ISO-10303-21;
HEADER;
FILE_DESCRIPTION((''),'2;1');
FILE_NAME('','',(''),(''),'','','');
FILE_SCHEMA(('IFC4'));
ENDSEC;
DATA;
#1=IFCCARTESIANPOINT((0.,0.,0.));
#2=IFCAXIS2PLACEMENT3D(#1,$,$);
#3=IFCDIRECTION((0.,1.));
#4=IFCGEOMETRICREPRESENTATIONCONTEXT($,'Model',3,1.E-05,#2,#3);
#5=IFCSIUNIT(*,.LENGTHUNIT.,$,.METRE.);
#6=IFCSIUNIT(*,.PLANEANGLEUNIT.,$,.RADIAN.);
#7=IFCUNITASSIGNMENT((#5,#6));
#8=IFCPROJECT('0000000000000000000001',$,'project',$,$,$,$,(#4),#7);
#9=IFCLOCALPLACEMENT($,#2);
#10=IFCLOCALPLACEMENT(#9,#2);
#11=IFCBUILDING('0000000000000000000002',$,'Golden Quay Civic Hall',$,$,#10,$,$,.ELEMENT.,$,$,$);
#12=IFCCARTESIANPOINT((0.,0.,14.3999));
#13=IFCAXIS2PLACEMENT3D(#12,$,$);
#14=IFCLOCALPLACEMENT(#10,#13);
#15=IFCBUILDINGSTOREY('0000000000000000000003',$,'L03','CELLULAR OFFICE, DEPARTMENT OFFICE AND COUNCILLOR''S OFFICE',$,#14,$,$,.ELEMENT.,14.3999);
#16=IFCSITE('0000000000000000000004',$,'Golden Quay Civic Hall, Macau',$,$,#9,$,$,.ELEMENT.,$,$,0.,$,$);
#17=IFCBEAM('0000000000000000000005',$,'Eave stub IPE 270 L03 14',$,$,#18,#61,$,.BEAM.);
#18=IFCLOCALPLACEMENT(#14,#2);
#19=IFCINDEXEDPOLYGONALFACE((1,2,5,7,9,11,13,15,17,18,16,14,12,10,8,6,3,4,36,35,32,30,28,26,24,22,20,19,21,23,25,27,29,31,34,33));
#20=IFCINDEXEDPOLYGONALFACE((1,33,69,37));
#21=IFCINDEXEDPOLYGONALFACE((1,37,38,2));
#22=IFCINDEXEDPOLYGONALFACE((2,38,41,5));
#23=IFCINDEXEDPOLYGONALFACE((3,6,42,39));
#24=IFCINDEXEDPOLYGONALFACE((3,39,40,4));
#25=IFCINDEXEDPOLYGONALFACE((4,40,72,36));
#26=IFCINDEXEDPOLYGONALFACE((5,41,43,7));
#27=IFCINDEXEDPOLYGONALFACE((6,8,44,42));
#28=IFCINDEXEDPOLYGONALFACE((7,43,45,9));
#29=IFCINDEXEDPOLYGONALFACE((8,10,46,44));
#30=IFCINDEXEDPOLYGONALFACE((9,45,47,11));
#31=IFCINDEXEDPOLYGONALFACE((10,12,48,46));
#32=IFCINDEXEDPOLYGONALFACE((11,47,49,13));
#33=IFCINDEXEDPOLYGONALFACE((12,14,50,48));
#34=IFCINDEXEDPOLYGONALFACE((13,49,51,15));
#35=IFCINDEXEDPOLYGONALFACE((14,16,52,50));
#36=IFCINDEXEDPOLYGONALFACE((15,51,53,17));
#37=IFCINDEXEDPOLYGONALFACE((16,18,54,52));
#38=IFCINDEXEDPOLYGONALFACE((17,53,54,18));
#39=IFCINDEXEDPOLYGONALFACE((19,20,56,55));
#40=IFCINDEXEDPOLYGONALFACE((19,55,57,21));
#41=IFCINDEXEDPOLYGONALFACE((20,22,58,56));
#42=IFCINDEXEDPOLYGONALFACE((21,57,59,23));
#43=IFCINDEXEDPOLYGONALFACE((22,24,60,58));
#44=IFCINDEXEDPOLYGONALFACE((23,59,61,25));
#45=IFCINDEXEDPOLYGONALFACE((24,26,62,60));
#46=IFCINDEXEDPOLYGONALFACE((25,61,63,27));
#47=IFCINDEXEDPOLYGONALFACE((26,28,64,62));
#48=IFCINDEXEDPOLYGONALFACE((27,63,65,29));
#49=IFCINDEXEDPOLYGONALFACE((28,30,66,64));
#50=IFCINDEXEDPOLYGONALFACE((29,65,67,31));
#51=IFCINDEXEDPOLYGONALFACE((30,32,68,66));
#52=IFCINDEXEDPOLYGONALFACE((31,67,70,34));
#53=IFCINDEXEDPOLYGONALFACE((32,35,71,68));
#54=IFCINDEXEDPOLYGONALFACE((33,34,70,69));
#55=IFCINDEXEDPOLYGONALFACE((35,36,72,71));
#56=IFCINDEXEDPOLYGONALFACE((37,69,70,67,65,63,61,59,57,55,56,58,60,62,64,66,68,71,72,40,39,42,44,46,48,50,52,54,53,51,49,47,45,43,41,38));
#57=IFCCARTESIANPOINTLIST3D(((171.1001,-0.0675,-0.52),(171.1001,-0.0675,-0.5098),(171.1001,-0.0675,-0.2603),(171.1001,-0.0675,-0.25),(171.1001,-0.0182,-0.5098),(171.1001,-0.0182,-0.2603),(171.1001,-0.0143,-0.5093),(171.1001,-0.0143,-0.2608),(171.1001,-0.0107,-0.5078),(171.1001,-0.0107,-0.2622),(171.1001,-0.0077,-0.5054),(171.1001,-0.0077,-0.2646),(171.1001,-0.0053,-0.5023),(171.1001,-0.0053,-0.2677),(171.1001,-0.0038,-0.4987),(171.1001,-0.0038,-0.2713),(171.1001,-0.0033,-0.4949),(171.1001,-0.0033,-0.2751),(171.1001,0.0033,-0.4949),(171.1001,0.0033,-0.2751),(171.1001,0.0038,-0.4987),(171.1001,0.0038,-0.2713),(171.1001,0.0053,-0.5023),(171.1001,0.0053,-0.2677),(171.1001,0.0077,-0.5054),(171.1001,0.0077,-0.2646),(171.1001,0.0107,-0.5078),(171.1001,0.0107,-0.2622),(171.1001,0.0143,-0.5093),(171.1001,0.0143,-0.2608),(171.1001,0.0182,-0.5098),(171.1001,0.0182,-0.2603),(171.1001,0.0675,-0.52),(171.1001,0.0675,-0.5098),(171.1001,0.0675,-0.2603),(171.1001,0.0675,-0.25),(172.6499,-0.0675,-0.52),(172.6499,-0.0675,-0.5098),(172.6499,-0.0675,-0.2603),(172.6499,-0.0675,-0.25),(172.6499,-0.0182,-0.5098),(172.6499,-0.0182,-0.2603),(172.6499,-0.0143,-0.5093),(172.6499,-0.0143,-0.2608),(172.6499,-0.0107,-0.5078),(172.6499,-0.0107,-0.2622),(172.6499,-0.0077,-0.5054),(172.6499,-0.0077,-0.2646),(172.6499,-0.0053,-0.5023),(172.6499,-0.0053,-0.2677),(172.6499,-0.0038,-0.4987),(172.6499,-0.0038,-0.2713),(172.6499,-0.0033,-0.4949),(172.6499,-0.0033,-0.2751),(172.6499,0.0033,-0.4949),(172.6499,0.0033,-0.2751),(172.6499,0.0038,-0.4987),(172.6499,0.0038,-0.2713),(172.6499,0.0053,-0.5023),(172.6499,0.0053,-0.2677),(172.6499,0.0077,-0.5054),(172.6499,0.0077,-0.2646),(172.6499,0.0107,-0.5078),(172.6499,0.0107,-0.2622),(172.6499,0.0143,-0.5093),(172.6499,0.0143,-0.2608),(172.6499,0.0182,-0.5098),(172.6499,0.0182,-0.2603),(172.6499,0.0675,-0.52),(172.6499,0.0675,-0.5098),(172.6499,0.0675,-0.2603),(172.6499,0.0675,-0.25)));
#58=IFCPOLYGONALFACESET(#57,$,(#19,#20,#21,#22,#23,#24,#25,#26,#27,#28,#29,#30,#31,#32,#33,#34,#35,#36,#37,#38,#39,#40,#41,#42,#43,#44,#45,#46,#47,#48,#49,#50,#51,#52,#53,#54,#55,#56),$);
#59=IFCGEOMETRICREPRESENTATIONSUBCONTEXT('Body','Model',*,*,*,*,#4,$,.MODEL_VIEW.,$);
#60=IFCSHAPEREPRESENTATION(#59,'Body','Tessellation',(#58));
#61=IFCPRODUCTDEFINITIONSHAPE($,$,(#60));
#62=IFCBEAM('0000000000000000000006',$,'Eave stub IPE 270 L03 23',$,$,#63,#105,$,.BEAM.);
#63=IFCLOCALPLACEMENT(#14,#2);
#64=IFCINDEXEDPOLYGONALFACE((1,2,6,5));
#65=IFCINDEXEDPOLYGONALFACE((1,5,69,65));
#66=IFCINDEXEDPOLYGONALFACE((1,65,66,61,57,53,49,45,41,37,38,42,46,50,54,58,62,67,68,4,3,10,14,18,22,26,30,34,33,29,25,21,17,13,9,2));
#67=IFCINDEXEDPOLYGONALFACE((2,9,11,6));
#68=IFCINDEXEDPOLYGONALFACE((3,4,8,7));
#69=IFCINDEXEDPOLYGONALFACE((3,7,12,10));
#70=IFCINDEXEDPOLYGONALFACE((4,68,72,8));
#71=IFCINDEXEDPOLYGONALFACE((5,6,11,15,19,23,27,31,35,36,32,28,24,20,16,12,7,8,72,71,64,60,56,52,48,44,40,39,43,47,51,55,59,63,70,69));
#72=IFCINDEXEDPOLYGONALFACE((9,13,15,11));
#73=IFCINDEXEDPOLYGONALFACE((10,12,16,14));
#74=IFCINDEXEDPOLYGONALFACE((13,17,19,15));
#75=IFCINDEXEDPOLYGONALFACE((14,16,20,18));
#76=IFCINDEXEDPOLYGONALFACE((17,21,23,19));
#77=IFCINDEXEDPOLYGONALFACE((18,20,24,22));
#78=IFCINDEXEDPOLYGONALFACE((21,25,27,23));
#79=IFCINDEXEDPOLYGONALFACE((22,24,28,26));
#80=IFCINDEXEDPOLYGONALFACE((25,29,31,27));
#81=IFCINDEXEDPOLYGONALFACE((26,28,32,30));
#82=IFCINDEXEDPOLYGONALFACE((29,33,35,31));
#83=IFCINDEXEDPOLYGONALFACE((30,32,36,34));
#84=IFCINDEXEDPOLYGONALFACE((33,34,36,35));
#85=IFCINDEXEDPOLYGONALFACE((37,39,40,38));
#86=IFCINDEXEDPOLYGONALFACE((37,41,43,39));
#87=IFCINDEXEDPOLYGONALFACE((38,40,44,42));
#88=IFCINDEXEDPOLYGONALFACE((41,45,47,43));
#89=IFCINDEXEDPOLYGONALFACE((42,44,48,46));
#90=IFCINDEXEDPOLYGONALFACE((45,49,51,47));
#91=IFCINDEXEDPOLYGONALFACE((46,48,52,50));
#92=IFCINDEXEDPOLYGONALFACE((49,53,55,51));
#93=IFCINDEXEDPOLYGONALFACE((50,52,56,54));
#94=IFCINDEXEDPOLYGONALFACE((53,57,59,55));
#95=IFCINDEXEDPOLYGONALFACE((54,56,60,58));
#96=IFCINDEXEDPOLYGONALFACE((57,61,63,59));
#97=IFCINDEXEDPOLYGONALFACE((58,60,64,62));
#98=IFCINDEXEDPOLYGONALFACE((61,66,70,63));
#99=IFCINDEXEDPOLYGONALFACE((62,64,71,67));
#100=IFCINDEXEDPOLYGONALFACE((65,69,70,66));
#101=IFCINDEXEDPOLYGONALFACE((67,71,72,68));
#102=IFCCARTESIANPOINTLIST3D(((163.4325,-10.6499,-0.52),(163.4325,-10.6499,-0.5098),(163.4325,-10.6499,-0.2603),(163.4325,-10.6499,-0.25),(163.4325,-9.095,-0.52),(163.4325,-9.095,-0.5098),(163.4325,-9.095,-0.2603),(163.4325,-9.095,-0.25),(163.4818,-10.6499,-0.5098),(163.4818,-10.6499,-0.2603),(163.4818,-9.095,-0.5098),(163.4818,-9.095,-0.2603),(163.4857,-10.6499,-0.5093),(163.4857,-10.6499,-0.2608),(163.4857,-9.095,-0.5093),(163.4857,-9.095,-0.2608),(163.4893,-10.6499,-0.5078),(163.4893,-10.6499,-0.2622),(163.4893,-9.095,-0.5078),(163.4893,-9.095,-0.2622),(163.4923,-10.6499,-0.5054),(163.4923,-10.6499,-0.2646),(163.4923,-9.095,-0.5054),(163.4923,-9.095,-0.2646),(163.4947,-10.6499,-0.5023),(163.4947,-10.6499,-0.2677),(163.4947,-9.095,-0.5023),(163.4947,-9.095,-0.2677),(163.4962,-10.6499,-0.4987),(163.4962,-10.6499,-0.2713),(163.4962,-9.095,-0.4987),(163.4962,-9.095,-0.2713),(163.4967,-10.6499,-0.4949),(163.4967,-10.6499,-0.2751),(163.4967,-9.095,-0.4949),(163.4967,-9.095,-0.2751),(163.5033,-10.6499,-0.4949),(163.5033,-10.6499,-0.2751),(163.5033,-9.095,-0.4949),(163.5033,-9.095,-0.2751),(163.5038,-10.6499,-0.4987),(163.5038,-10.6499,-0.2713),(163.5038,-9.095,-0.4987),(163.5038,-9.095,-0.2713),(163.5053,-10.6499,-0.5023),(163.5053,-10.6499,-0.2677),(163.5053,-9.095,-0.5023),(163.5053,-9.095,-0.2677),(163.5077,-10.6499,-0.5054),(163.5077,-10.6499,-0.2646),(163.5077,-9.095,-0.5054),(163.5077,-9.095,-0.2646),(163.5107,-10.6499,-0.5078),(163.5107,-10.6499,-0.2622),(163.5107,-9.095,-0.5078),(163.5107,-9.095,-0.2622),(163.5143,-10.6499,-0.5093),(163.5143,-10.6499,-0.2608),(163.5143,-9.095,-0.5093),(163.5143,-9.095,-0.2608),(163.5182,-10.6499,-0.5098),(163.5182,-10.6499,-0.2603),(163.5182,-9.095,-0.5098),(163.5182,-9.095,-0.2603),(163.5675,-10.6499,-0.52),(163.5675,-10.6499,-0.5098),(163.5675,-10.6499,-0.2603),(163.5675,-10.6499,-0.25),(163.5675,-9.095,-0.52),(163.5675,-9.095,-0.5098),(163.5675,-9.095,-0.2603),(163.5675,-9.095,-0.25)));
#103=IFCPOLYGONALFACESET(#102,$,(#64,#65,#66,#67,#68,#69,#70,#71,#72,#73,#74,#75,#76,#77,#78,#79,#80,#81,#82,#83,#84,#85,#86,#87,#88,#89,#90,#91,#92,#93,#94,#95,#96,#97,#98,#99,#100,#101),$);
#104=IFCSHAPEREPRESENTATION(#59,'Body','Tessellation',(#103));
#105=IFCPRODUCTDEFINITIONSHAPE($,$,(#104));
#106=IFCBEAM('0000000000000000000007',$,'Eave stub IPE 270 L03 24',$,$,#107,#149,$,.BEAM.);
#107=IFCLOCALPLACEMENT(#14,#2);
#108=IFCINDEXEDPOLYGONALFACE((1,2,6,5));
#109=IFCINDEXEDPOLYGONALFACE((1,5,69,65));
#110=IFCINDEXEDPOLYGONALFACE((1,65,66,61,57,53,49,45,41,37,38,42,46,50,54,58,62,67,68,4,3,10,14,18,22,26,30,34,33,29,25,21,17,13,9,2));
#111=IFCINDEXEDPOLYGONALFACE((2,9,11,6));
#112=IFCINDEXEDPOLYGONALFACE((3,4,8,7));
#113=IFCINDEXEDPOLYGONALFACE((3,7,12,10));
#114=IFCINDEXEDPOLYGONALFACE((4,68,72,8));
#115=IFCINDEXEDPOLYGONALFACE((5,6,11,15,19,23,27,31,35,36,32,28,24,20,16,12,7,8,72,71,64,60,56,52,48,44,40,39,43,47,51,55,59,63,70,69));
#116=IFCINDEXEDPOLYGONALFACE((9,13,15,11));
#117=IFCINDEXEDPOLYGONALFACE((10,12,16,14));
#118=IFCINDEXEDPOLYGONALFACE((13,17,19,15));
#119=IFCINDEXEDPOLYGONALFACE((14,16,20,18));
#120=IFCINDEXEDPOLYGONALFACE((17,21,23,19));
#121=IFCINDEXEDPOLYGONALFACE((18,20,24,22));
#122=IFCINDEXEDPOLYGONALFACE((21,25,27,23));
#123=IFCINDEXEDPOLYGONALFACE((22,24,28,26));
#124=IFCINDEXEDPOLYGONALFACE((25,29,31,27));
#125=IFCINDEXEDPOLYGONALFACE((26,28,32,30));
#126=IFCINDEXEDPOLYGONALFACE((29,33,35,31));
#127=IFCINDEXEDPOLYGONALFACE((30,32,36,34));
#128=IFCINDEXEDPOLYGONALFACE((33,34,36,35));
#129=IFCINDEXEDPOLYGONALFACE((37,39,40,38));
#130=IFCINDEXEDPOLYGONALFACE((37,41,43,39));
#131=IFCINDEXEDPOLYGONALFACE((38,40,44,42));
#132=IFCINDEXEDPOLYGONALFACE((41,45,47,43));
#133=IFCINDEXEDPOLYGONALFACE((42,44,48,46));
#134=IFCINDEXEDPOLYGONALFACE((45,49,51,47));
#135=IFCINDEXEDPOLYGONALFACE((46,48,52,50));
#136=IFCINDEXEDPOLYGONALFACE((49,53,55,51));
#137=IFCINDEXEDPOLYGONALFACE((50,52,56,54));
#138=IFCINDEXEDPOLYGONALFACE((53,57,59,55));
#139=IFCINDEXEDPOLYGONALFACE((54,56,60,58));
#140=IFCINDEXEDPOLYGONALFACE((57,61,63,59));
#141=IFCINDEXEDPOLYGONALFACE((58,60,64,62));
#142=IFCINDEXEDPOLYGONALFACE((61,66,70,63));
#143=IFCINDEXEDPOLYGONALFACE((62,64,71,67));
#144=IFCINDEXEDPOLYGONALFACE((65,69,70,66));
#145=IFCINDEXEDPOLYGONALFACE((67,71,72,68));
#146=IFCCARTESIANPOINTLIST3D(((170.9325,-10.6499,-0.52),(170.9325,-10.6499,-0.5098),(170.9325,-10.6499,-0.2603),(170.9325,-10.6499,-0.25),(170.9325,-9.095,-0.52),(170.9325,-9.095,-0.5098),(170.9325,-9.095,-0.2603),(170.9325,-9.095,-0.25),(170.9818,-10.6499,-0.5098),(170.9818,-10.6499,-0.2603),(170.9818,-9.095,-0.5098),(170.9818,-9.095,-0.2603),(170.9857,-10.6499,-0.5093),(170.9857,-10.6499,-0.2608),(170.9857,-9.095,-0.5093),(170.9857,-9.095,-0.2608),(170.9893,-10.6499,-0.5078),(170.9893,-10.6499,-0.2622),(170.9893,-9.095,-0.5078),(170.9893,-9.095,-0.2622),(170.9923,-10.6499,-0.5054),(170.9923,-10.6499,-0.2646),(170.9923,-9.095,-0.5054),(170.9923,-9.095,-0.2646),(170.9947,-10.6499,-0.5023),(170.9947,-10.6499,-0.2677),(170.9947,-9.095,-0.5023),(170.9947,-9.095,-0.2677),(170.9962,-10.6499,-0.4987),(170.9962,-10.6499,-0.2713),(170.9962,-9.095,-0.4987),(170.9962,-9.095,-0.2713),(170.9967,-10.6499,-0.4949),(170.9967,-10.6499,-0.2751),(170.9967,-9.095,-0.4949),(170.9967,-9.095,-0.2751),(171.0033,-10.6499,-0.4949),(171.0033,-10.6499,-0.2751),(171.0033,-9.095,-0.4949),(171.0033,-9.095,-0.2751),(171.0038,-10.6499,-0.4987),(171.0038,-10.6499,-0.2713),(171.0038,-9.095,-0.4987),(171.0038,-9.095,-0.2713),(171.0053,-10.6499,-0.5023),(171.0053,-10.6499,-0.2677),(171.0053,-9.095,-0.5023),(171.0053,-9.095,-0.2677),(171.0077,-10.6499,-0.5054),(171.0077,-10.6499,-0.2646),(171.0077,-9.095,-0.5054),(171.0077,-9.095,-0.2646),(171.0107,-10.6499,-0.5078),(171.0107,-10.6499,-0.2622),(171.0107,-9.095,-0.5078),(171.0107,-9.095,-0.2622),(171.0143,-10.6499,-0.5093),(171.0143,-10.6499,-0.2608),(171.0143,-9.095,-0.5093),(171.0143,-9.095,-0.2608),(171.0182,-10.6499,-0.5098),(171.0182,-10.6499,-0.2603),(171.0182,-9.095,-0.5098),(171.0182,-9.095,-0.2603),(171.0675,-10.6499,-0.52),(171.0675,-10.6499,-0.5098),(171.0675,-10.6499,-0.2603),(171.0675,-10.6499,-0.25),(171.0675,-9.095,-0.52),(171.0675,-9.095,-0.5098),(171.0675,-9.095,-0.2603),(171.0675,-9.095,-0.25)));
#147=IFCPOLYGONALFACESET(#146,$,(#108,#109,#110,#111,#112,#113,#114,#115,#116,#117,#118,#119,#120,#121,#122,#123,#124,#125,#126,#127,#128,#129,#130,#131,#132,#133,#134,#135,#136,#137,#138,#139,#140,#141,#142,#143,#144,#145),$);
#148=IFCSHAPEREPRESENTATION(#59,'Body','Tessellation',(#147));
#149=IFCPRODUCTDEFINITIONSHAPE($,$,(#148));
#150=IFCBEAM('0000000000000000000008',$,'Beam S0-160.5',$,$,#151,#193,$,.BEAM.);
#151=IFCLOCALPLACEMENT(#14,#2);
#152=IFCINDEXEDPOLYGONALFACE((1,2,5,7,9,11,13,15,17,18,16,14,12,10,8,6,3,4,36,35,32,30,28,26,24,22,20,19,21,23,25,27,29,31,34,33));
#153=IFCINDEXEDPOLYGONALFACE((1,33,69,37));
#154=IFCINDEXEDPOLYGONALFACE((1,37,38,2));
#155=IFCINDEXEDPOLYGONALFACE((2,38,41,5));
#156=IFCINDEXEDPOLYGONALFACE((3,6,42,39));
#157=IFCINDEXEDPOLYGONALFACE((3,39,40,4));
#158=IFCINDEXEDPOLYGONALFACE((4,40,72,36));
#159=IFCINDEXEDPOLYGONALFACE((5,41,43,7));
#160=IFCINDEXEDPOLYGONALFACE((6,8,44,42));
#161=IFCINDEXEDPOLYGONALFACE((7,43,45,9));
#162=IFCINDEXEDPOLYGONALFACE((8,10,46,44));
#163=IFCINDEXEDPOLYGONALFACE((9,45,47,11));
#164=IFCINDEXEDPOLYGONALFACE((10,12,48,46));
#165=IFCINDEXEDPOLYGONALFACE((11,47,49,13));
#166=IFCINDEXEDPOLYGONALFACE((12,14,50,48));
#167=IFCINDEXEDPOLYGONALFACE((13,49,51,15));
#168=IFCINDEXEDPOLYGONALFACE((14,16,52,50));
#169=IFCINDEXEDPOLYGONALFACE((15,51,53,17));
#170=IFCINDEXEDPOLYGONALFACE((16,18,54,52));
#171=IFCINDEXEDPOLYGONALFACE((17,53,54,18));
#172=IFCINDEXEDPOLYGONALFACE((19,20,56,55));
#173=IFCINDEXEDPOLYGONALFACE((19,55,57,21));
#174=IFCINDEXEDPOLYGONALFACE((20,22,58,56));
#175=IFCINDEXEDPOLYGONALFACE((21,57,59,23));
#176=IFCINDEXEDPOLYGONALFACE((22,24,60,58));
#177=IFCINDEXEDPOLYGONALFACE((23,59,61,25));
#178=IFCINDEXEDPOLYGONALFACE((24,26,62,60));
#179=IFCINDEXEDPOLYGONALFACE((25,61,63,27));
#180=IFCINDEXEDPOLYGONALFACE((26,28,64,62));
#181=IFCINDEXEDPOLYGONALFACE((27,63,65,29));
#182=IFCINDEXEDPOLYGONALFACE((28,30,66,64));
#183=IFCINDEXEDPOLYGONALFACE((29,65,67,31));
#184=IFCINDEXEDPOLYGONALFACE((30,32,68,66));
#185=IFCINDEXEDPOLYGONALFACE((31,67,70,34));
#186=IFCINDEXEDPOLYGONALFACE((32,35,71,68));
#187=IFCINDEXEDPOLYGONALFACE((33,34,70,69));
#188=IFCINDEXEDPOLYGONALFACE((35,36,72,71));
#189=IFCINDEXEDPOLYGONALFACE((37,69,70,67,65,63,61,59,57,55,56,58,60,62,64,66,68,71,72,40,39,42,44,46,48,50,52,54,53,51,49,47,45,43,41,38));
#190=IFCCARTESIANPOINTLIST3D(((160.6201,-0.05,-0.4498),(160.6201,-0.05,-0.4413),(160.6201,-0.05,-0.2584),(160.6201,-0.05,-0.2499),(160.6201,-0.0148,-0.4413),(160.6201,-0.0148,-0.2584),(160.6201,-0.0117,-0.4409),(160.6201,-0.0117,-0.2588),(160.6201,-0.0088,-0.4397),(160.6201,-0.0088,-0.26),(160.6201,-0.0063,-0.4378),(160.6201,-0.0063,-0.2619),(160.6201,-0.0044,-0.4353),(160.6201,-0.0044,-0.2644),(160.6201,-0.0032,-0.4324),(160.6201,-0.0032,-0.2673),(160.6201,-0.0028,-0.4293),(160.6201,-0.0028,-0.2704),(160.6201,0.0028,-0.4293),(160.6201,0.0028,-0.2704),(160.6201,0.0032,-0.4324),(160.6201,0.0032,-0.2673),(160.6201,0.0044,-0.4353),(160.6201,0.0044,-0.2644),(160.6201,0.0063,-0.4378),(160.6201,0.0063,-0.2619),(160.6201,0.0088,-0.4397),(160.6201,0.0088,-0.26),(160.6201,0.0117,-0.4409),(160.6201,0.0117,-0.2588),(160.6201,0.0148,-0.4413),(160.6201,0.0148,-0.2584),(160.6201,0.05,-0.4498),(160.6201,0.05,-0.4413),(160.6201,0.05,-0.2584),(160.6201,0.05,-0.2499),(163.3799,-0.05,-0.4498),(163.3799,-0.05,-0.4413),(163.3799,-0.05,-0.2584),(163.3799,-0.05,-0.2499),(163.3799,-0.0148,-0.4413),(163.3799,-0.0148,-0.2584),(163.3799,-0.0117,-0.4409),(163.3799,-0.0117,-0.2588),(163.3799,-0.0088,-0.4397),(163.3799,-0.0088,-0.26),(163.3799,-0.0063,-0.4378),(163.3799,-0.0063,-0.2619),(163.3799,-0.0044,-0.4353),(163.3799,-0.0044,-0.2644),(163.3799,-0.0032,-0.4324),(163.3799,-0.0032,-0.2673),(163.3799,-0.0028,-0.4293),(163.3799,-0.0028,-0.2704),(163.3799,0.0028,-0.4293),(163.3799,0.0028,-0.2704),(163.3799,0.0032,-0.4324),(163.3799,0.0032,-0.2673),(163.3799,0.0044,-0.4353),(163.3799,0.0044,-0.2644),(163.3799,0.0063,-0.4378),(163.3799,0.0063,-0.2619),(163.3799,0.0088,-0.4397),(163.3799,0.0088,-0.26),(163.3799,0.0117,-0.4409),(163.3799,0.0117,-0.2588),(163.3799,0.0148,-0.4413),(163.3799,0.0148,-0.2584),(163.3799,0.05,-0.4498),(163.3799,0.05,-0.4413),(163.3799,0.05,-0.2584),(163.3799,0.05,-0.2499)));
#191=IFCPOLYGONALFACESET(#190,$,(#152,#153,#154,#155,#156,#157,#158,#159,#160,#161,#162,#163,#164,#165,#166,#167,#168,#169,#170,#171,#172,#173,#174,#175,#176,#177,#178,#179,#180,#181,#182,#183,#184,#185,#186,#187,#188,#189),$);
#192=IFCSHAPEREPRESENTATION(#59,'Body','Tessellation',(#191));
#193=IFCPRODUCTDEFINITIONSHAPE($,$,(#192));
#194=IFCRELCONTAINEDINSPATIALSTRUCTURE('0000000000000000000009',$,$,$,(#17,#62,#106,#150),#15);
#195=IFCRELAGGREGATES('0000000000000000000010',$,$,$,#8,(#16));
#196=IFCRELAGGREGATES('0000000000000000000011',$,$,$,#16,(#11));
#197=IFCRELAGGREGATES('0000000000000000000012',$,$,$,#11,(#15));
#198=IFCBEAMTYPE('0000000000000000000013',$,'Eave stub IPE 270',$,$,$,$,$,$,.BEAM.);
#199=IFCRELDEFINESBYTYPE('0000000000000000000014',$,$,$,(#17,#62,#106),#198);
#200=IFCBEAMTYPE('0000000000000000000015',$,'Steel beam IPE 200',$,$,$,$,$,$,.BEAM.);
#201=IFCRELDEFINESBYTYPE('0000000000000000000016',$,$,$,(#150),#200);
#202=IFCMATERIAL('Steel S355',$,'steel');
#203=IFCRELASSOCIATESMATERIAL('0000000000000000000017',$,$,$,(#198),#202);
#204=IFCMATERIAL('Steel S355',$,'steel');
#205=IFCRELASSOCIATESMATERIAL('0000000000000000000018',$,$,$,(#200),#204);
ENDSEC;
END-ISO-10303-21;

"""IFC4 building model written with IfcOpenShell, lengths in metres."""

from ifc_helpers import new_model, si_unit, direction, frame, origin, origin_2d, place, context, subcontext, project, spatial, i_section, extrude, material, material_profile, profile_set, type_object, element, save


model = new_model("IFC4")

# Units and contexts
model_context = context("Model", 3, precision=1e-05, world=origin(), true_north=direction((0.0, 1.0)))
body_context = subcontext(model_context, "Body", "Model", "MODEL_VIEW")
ifc_project = project(units=[si_unit("LENGTHUNIT", "METRE"), si_unit("PLANEANGLEUNIT", "RADIAN")], contexts=[model_context])

# Site, building, storey
site_placement = place(None, origin())
site = spatial("IfcSite", under=ifc_project, at=site_placement, Name="Golden Quay Civic Hall, Macau", CompositionType="ELEMENT", RefElevation=0.0)
building_placement = place(site_placement, origin())
building = spatial("IfcBuilding", under=site, at=building_placement, Name="Golden Quay Civic Hall", CompositionType="ELEMENT")
storey_placement = place(building_placement, frame((0.0, 0.0, 14.3999)))
storey = spatial("IfcBuildingStorey", under=building, at=storey_placement, Name="L03", Description="CELLULAR OFFICE, DEPARTMENT OFFICE AND COUNCILLOR'S OFFICE", CompositionType="ELEMENT", Elevation=14.3999)

# Beams
ifc_material_1 = material(Name="Steel S355", Category="steel")
ifc_material_profile_1 = material_profile(ifc_material_1, i_section(OverallWidth=0.135, OverallDepth=0.27, WebThickness=0.0066, FlangeThickness=0.0103, FilletRadius=0.0149, at=origin_2d()), Name="IPE 270")
ifc_profile_set_1 = profile_set([ifc_material_profile_1], Name="Steel S355")
beam_type_1 = type_object("IfcBeamType", Name="Eave stub IPE 270", PredefinedType="BEAM", material=ifc_profile_set_1)
for number, where, z_axis, x_axis, name in (
    (1, (171.1001, 0.0, -0.385), (1.0, 0.0, 0.0), (0.0, 1.0, 0.0), "Eave stub IPE 270 L03 14"),
):
    element("IfcBeam", number, at=place(storey_placement, frame(where, z_axis=z_axis, x_axis=x_axis)), inside=storey, type_object=beam_type_1, Name=name, PredefinedType="BEAM", context=body_context, shape_type="SweptSolid", body=[
        extrude(i_section(OverallWidth=0.135, OverallDepth=0.27, WebThickness=0.0066, FlangeThickness=0.0103, FilletRadius=0.0149, at=origin_2d()), origin(), (0.0, 0.0, 1.0), 1.5498),
    ])
for number, where, z_axis, x_axis, name in (
    (2, (163.5, -9.095, -0.385), (0.0, -1.0, 0.0), (1.0, 0.0, 0.0), "Eave stub IPE 270 L03 23"),
    (3, (171.0, -9.095, -0.385), (0.0, -1.0, 0.0), (1.0, 0.0, 0.0), "Eave stub IPE 270 L03 24"),
):
    element("IfcBeam", number, at=place(storey_placement, frame(where, z_axis=z_axis, x_axis=x_axis)), inside=storey, type_object=beam_type_1, Name=name, PredefinedType="BEAM", context=body_context, shape_type="SweptSolid", body=[
        extrude(i_section(OverallWidth=0.135, OverallDepth=0.27, WebThickness=0.0066, FlangeThickness=0.0103, FilletRadius=0.0149, at=origin_2d()), origin(), (0.0, 0.0, 1.0), 1.5549),
    ])
ifc_material_2 = material(Name="Steel S355", Category="steel")
ifc_material_profile_2 = material_profile(ifc_material_2, i_section(OverallWidth=0.1001, OverallDepth=0.2, WebThickness=0.0056, FlangeThickness=0.0085, FilletRadius=0.012, at=origin_2d()), Name="IPE 200")
ifc_profile_set_2 = profile_set([ifc_material_profile_2], Name="Steel S355")
beam_type_2 = type_object("IfcBeamType", Name="Steel beam IPE 200", PredefinedType="BEAM", material=ifc_profile_set_2)
beam_1_placement = place(storey_placement, frame((160.6201, 0.0, -0.3499), z_axis=(1.0, 0.0, 0.0), x_axis=(0.0, 1.0, 0.0)))
element("IfcBeam", 4, at=beam_1_placement, inside=storey, type_object=beam_type_2, Name="Beam S0-160.5", PredefinedType="BEAM", context=body_context, shape_type="SweptSolid", body=[
    extrude(i_section(OverallWidth=0.1001, OverallDepth=0.2, WebThickness=0.0056, FlangeThickness=0.0085, FilletRadius=0.012, at=origin_2d()), origin(), (0.0, 0.0, 1.0), 2.7598),
])

save(model, "model.ifc")
